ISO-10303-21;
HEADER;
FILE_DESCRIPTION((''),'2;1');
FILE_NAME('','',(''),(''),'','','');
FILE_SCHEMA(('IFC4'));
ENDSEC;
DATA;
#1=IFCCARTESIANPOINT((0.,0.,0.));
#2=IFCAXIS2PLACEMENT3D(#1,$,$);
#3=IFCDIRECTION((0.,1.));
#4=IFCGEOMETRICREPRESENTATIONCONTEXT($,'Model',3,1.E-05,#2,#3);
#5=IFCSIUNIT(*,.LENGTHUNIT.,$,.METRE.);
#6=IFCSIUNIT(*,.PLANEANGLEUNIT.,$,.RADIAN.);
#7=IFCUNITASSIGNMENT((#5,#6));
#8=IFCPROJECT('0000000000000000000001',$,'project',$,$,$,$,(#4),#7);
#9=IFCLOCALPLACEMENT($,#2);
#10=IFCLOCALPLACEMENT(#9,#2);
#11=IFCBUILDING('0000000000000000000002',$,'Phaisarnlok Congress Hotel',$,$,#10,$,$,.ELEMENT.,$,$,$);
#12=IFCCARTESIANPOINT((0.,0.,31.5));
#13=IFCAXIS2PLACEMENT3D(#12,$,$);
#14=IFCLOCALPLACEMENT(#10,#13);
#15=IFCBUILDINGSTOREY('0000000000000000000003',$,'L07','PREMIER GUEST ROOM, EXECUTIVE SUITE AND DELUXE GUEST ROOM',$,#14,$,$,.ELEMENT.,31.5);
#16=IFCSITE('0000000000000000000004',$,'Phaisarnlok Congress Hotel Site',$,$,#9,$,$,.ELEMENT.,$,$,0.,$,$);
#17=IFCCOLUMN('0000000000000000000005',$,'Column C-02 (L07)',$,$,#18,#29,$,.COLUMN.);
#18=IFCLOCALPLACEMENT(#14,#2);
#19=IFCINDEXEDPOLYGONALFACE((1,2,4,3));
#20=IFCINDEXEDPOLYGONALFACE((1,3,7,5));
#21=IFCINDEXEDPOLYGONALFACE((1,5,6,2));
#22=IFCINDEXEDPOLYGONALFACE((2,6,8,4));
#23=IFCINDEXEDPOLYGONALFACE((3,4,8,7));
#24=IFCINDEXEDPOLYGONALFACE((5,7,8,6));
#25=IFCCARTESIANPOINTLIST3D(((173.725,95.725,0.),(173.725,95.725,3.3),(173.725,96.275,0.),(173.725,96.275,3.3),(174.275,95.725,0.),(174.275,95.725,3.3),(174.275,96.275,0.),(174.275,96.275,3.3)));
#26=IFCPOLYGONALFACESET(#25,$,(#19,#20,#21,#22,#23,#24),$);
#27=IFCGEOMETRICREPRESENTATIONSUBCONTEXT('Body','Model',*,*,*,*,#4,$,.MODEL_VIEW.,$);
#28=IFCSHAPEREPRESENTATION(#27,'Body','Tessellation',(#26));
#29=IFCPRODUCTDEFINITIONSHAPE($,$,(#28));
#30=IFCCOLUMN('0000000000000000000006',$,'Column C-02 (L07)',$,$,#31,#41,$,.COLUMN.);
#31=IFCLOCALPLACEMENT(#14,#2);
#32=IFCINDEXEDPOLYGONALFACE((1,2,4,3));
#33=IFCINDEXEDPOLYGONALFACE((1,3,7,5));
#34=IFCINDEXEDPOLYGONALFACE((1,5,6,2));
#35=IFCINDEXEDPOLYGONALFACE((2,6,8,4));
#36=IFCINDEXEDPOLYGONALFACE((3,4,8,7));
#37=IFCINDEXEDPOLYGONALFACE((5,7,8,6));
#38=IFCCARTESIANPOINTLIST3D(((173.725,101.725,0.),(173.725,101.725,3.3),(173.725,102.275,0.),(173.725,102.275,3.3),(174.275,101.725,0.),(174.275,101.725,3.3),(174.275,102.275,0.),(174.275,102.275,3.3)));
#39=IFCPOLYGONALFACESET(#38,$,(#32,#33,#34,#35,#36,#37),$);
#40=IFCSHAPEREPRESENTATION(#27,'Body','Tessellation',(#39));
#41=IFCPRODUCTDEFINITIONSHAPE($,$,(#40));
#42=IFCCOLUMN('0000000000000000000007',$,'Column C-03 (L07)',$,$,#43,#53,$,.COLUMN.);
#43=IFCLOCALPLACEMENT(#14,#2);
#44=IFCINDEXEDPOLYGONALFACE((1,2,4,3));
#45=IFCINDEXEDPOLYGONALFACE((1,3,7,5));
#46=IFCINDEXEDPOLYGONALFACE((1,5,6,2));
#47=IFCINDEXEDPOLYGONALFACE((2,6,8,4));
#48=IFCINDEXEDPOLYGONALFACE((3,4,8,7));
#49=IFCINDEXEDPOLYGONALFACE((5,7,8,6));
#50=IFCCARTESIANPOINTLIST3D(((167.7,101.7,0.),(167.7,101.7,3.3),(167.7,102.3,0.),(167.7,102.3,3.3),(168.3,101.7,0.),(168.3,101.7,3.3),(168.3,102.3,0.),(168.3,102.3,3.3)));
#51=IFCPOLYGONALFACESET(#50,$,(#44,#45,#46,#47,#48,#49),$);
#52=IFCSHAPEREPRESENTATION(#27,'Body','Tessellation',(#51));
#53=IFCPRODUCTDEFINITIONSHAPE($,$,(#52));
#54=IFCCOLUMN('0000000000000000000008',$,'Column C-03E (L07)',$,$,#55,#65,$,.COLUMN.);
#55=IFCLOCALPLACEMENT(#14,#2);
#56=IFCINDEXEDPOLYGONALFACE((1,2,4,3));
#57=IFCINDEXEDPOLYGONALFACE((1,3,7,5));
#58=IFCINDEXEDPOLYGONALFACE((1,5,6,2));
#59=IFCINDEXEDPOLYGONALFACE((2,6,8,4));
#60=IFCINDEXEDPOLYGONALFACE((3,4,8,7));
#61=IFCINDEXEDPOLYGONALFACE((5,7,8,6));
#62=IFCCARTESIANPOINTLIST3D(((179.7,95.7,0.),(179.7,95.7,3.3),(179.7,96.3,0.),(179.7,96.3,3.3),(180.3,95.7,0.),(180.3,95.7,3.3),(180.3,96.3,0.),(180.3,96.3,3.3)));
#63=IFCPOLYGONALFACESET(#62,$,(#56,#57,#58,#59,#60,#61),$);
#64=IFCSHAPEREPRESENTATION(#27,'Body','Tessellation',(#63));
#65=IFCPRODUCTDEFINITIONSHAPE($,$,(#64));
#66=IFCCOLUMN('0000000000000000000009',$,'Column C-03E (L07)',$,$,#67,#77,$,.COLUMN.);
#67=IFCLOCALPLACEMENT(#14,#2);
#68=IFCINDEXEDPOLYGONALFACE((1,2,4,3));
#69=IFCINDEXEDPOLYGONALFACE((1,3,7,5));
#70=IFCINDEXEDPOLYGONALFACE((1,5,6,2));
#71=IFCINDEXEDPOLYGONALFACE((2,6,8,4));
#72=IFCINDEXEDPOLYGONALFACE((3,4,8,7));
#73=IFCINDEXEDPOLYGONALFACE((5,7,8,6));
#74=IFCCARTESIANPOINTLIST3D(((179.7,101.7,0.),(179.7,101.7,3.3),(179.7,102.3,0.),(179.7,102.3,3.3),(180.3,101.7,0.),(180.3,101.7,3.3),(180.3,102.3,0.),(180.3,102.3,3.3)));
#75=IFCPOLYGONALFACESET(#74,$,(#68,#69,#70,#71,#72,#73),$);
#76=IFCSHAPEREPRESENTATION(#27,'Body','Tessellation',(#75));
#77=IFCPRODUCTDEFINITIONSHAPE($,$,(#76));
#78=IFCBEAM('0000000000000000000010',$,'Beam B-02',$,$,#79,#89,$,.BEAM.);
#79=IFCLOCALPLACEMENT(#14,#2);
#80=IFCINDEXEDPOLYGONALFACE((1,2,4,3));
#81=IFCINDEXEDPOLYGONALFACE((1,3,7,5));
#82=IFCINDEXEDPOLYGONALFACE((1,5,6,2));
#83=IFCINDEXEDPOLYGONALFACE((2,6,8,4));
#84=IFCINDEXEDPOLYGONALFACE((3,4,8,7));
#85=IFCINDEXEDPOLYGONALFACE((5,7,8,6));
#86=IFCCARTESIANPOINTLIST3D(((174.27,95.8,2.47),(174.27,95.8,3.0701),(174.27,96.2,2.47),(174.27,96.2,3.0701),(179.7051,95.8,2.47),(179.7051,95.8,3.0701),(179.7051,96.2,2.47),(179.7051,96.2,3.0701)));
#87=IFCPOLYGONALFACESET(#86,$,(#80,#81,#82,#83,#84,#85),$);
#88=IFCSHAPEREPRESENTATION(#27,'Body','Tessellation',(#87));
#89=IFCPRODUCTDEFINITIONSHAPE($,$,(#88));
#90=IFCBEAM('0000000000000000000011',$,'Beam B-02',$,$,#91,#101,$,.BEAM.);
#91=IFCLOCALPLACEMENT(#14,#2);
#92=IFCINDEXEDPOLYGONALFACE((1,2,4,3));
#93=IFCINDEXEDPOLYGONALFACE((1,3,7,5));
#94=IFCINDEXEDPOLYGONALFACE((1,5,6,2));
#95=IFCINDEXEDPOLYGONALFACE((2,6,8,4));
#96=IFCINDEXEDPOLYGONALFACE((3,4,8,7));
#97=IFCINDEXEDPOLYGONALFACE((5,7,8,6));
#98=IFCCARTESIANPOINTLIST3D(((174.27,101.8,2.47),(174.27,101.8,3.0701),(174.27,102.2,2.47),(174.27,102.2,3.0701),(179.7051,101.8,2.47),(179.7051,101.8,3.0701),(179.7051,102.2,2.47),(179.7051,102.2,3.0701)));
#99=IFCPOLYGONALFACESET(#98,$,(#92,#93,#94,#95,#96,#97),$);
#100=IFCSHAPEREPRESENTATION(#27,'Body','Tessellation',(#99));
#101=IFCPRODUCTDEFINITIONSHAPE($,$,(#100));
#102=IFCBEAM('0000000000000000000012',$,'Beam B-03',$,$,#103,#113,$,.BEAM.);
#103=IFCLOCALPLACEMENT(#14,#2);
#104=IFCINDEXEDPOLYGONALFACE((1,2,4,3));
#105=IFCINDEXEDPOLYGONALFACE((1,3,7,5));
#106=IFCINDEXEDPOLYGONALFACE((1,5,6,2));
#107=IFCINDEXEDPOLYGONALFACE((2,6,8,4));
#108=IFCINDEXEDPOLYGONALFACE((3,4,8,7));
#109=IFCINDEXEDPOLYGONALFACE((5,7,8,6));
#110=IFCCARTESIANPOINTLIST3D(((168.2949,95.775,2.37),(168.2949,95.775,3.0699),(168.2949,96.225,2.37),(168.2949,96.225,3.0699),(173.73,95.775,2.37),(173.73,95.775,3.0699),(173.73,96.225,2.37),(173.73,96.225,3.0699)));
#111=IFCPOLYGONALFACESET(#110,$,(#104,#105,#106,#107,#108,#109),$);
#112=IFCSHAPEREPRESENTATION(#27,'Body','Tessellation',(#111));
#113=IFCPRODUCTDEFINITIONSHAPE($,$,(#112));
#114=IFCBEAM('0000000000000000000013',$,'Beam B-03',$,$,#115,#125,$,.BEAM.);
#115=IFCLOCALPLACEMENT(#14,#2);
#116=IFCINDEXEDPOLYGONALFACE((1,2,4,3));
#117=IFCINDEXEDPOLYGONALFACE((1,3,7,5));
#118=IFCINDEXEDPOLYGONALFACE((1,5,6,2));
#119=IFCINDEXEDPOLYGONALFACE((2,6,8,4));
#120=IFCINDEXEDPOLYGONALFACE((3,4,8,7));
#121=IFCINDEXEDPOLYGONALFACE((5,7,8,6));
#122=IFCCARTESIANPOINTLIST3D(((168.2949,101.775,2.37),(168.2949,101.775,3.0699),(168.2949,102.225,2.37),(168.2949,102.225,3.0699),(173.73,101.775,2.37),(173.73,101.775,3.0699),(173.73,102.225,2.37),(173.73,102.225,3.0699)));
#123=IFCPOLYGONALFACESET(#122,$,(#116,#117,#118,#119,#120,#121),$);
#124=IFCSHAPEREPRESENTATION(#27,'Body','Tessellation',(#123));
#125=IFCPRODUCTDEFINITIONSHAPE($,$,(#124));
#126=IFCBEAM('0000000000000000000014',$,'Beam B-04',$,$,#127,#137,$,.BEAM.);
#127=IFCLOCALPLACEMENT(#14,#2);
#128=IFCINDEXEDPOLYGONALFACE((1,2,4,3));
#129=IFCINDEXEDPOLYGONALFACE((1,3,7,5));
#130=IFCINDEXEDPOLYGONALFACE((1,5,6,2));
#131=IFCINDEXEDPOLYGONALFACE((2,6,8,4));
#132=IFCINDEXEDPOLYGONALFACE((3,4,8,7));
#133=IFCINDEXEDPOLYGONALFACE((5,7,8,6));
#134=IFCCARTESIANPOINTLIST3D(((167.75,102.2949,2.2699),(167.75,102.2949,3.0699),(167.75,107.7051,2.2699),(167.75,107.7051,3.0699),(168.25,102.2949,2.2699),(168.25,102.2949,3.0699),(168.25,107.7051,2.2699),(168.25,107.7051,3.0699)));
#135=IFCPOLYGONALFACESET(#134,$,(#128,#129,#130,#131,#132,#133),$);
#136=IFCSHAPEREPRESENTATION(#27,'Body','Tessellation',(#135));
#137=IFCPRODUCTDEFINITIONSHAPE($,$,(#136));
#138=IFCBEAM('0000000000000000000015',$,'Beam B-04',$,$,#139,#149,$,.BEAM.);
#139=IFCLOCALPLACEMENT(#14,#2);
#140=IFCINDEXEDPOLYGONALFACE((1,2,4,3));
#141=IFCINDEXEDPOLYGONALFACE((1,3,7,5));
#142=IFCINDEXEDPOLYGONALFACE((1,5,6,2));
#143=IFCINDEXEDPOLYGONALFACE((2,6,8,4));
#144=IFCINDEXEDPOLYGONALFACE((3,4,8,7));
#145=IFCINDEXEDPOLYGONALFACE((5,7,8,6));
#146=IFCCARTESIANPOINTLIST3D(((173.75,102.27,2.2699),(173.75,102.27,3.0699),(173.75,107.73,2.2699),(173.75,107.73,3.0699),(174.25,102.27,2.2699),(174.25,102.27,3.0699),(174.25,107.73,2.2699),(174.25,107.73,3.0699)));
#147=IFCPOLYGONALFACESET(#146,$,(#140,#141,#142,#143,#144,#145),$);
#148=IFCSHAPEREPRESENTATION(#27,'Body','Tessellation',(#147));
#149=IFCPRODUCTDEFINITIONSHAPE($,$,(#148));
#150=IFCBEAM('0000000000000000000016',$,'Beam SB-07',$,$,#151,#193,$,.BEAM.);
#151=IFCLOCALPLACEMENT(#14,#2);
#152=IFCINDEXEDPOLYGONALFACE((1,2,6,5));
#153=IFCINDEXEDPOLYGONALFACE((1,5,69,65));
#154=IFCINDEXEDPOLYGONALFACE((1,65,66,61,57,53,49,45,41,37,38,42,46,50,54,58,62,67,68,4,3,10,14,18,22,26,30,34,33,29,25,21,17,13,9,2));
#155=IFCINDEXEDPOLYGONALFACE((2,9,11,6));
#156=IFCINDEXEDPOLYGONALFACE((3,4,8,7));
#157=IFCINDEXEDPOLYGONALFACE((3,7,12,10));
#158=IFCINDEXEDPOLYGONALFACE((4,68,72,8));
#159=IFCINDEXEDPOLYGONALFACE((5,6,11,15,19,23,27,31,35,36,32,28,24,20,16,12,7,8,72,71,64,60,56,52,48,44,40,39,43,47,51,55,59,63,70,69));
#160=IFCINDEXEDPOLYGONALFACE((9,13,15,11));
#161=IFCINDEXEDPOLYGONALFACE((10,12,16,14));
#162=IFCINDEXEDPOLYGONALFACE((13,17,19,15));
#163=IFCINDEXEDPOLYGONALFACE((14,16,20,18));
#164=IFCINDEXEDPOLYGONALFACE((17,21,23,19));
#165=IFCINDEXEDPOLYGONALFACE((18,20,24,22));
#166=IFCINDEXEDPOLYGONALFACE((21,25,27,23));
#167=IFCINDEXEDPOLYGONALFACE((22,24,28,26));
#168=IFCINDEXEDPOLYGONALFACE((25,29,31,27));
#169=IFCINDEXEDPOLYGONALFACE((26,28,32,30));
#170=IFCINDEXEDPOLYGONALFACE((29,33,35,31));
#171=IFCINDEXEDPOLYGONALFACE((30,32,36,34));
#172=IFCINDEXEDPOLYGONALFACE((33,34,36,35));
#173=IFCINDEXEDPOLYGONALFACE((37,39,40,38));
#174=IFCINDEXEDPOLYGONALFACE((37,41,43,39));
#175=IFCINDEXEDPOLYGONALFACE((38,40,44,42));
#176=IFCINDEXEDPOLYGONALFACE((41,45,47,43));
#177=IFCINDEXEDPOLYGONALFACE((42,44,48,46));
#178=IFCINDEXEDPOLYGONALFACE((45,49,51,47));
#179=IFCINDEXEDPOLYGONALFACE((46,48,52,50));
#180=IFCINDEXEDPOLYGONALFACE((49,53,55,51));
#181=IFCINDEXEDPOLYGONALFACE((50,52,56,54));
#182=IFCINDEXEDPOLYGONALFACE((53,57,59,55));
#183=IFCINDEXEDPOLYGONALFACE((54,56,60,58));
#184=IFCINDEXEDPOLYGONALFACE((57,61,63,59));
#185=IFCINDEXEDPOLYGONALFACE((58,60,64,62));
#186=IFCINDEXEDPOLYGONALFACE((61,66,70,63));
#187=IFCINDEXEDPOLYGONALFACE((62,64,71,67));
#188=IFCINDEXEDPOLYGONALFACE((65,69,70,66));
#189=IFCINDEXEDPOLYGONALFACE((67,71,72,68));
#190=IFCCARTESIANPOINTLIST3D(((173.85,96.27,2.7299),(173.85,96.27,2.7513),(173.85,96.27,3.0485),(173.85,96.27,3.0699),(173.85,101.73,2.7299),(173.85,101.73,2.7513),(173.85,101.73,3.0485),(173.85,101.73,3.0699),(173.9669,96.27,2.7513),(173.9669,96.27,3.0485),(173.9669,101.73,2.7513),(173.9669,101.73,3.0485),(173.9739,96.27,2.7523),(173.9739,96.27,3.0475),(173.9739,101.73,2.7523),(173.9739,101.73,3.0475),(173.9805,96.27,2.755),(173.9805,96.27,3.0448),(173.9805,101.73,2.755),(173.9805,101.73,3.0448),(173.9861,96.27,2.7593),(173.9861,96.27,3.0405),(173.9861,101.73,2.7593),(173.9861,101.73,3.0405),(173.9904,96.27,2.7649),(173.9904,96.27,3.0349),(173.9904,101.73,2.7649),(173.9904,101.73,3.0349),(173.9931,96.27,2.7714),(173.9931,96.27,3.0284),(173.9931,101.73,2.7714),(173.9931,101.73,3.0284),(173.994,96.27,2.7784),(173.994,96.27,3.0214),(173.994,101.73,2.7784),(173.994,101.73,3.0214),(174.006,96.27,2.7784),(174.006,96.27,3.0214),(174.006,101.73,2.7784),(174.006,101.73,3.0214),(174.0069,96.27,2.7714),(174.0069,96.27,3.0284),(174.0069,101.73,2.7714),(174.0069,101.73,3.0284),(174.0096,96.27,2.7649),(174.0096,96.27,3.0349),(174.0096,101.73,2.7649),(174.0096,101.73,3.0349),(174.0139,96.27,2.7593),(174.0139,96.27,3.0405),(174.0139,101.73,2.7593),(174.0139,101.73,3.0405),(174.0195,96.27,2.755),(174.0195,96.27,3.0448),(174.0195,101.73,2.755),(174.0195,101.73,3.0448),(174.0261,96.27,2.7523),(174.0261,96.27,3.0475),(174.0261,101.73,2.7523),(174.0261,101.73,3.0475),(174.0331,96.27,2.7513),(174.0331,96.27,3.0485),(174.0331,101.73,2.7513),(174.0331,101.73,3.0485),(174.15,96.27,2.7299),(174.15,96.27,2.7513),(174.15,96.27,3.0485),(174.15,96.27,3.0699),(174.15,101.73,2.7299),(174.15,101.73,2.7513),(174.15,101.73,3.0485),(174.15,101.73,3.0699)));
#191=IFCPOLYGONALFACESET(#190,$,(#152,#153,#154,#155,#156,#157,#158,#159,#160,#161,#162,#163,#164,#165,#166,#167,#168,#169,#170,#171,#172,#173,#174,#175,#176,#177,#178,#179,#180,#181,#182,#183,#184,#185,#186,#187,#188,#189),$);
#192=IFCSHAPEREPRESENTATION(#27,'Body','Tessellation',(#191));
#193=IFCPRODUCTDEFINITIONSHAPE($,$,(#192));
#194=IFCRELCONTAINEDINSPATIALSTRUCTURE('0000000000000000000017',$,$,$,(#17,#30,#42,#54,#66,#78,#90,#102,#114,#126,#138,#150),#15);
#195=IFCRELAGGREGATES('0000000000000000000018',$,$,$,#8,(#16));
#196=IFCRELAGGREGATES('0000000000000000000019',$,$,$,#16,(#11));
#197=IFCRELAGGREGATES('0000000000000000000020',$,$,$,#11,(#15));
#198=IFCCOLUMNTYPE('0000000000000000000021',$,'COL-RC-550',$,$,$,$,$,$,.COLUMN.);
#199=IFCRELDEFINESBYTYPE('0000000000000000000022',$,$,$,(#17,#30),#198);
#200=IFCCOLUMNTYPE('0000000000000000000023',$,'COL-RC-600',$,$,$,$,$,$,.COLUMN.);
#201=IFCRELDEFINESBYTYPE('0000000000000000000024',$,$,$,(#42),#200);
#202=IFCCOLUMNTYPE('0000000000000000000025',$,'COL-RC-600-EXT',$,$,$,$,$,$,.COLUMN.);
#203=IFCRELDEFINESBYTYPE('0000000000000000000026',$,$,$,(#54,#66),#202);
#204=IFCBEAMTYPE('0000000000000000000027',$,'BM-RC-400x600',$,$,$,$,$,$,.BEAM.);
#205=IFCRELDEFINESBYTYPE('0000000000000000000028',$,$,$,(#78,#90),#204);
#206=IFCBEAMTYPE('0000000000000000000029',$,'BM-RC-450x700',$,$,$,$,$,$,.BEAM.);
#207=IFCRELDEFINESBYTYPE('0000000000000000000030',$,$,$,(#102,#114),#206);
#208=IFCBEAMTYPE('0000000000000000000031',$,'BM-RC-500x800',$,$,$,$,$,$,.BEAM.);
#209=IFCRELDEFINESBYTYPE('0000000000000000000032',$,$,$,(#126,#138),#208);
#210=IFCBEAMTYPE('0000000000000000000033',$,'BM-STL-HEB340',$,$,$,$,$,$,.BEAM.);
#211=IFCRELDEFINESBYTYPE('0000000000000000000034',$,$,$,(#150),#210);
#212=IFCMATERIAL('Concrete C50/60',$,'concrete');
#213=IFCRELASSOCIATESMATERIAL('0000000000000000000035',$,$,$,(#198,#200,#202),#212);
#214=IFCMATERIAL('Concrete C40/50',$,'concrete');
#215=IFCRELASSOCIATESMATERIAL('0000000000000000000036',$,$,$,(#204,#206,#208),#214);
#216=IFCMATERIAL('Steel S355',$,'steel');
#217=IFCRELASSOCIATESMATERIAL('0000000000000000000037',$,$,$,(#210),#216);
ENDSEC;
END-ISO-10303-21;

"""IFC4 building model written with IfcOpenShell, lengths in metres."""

from ifc_helpers import new_model, si_unit, direction, frame, origin, origin_2d, place, context, subcontext, project, spatial, rectangle, i_section, extrude, material, material_profile, profile_set, type_object, element, save


model = new_model("IFC4")

# Units and contexts
model_context = context("Model", 3, precision=1e-05, world=origin(), true_north=direction((0.0, 1.0)))
body_context = subcontext(model_context, "Body", "Model", "MODEL_VIEW")
ifc_project = project(units=[si_unit("LENGTHUNIT", "METRE"), si_unit("PLANEANGLEUNIT", "RADIAN")], contexts=[model_context])

# Site, building, storey
site_placement = place(None, origin())
site = spatial("IfcSite", under=ifc_project, at=site_placement, Name="Phaisarnlok Congress Hotel Site", CompositionType="ELEMENT", RefElevation=0.0)
building_placement = place(site_placement, origin())
building = spatial("IfcBuilding", under=site, at=building_placement, Name="Phaisarnlok Congress Hotel", CompositionType="ELEMENT")
storey_placement = place(building_placement, frame((0.0, 0.0, 31.5)))
storey = spatial("IfcBuildingStorey", under=building, at=storey_placement, Name="L07", Description="PREMIER GUEST ROOM, EXECUTIVE SUITE AND DELUXE GUEST ROOM", CompositionType="ELEMENT", Elevation=31.5)

# Columns
ifc_material_1 = material(Name="Concrete C50/60", Category="concrete")
ifc_material_profile_1 = material_profile(ifc_material_1, rectangle(XDim=0.55, YDim=0.55, at=origin_2d()), Name="RC 550x550")
ifc_profile_set_1 = profile_set([ifc_material_profile_1], Name="Concrete C50/60")
column_type_1 = type_object("IfcColumnType", Name="COL-RC-550", PredefinedType="COLUMN", material=ifc_profile_set_1)
for number, where, z_axis, x_axis, name in (
    (1, (174.0, 96.0, 0.0), (0.0, 0.0, 1.0), (1.0, 0.0, 0.0), "Column C-02 (L07)"),
    (2, (174.0, 102.0, 0.0), (0.0, 0.0, 1.0), (1.0, 0.0, 0.0), "Column C-02 (L07)"),
):
    element("IfcColumn", number, at=place(storey_placement, frame(where, z_axis=z_axis, x_axis=x_axis)), inside=storey, type_object=column_type_1, Name=name, PredefinedType="COLUMN", context=body_context, shape_type="SweptSolid", body=[
        extrude(rectangle(XDim=0.55, YDim=0.55, at=origin_2d()), origin(), (0.0, 0.0, 1.0), 3.3),
    ])
ifc_material_profile_2 = material_profile(ifc_material_1, rectangle(XDim=0.6001, YDim=0.6001, at=origin_2d()), Name="RC 600x600")
ifc_profile_set_2 = profile_set([ifc_material_profile_2], Name="Concrete C50/60")
column_type_2 = type_object("IfcColumnType", Name="COL-RC-600", PredefinedType="COLUMN", material=ifc_profile_set_2)
column_placement = place(storey_placement, frame((168.0, 102.0, 0.0), z_axis=(0.0, 0.0, 1.0), x_axis=(1.0, 0.0, 0.0)))
element("IfcColumn", 3, at=column_placement, inside=storey, type_object=column_type_2, Name="Column C-03 (L07)", PredefinedType="COLUMN", context=body_context, shape_type="SweptSolid", body=[
    extrude(rectangle(XDim=0.6001, YDim=0.6001, at=origin_2d()), origin(), (0.0, 0.0, 1.0), 3.3),
])
ifc_material_profile_3 = material_profile(ifc_material_1, rectangle(XDim=0.6001, YDim=0.6001, at=origin_2d()), Name="RC 600x600")
ifc_profile_set_3 = profile_set([ifc_material_profile_3], Name="Concrete C50/60")
column_type_3 = type_object("IfcColumnType", Name="COL-RC-600-EXT", PredefinedType="COLUMN", material=ifc_profile_set_3)
for number, where, z_axis, x_axis, name in (
    (4, (180.0, 96.0, 0.0), (0.0, 0.0, 1.0), (1.0, 0.0, 0.0), "Column C-03E (L07)"),
    (5, (180.0, 102.0, 0.0), (0.0, 0.0, 1.0), (1.0, 0.0, 0.0), "Column C-03E (L07)"),
):
    element("IfcColumn", number, at=place(storey_placement, frame(where, z_axis=z_axis, x_axis=x_axis)), inside=storey, type_object=column_type_3, Name=name, PredefinedType="COLUMN", context=body_context, shape_type="SweptSolid", body=[
        extrude(rectangle(XDim=0.6001, YDim=0.6001, at=origin_2d()), origin(), (0.0, 0.0, 1.0), 3.3),
    ])

# Beams
ifc_material_2 = material(Name="Concrete C40/50", Category="concrete")
ifc_material_profile_4 = material_profile(ifc_material_2, rectangle(XDim=0.3999, YDim=0.6001, at=origin_2d()), Name="RC 400x600")
ifc_profile_set_4 = profile_set([ifc_material_profile_4], Name="Concrete C40/50")
beam_type_1 = type_object("IfcBeamType", Name="BM-RC-400x600", PredefinedType="BEAM", material=ifc_profile_set_4)
for number, where, z_axis, x_axis, name in (
    (6, (174.27, 96.0, 2.77), (1.0, 0.0, 0.0), (0.0, 1.0, 0.0), "Beam B-02"),
    (7, (174.27, 102.0, 2.77), (1.0, 0.0, 0.0), (0.0, 1.0, 0.0), "Beam B-02"),
):
    element("IfcBeam", number, at=place(storey_placement, frame(where, z_axis=z_axis, x_axis=x_axis)), inside=storey, type_object=beam_type_1, Name=name, PredefinedType="BEAM", context=body_context, shape_type="SweptSolid", body=[
        extrude(rectangle(XDim=0.3999, YDim=0.6001, at=origin_2d()), origin(), (0.0, 0.0, 1.0), 5.4351),
    ])
ifc_material_profile_5 = material_profile(ifc_material_2, rectangle(XDim=0.45, YDim=0.7, at=origin_2d()), Name="RC 450x700")
ifc_profile_set_5 = profile_set([ifc_material_profile_5], Name="Concrete C40/50")
beam_type_2 = type_object("IfcBeamType", Name="BM-RC-450x700", PredefinedType="BEAM", material=ifc_profile_set_5)
for number, where, z_axis, x_axis, name in (
    (8, (168.2949, 96.0, 2.72), (1.0, 0.0, 0.0), (0.0, 1.0, 0.0), "Beam B-03"),
    (9, (168.2949, 102.0, 2.72), (1.0, 0.0, 0.0), (0.0, 1.0, 0.0), "Beam B-03"),
):
    element("IfcBeam", number, at=place(storey_placement, frame(where, z_axis=z_axis, x_axis=x_axis)), inside=storey, type_object=beam_type_2, Name=name, PredefinedType="BEAM", context=body_context, shape_type="SweptSolid", body=[
        extrude(rectangle(XDim=0.45, YDim=0.7, at=origin_2d()), origin(), (0.0, 0.0, 1.0), 5.4351),
    ])
ifc_material_profile_6 = material_profile(ifc_material_2, rectangle(XDim=0.5, YDim=0.8, at=origin_2d()), Name="RC 500x800")
ifc_profile_set_6 = profile_set([ifc_material_profile_6], Name="Concrete C40/50")
beam_type_3 = type_object("IfcBeamType", Name="BM-RC-500x800", PredefinedType="BEAM", material=ifc_profile_set_6)
beam_1_placement = place(storey_placement, frame((168.0, 102.2949, 2.6699), z_axis=(0.0, 1.0, 0.0), x_axis=(-1.0, 0.0, 0.0)))
element("IfcBeam", 10, at=beam_1_placement, inside=storey, type_object=beam_type_3, Name="Beam B-04", PredefinedType="BEAM", context=body_context, shape_type="SweptSolid", body=[
    extrude(rectangle(XDim=0.5, YDim=0.8, at=origin_2d()), origin(), (0.0, 0.0, 1.0), 5.4102),
])
beam_2_placement = place(storey_placement, frame((174.0, 102.27, 2.6699), z_axis=(0.0, 1.0, 0.0), x_axis=(-1.0, 0.0, 0.0)))
element("IfcBeam", 11, at=beam_2_placement, inside=storey, type_object=beam_type_3, Name="Beam B-04", PredefinedType="BEAM", context=body_context, shape_type="SweptSolid", body=[
    extrude(rectangle(XDim=0.5, YDim=0.8, at=origin_2d()), origin(), (0.0, 0.0, 1.0), 5.46),
])
ifc_material_3 = material(Name="Steel S355", Category="steel")
ifc_material_profile_7 = material_profile(ifc_material_3, i_section(OverallWidth=0.3, OverallDepth=0.3401, WebThickness=0.012, FlangeThickness=0.0215, FilletRadius=0.0271, at=origin_2d()), Name="HEB 340")
ifc_profile_set_7 = profile_set([ifc_material_profile_7], Name="Steel S355")
beam_type_4 = type_object("IfcBeamType", Name="BM-STL-HEB340", PredefinedType="BEAM", material=ifc_profile_set_7)
beam_3_placement = place(storey_placement, frame((174.0, 96.27, 2.8999), z_axis=(0.0, 1.0, 0.0), x_axis=(-1.0, 0.0, 0.0)))
element("IfcBeam", 12, at=beam_3_placement, inside=storey, type_object=beam_type_4, Name="Beam SB-07", PredefinedType="BEAM", context=body_context, shape_type="SweptSolid", body=[
    extrude(i_section(OverallWidth=0.3, OverallDepth=0.3401, WebThickness=0.012, FlangeThickness=0.0215, FilletRadius=0.0271, at=origin_2d()), origin(), (0.0, 0.0, 1.0), 5.46),
])

save(model, "model.ifc")
